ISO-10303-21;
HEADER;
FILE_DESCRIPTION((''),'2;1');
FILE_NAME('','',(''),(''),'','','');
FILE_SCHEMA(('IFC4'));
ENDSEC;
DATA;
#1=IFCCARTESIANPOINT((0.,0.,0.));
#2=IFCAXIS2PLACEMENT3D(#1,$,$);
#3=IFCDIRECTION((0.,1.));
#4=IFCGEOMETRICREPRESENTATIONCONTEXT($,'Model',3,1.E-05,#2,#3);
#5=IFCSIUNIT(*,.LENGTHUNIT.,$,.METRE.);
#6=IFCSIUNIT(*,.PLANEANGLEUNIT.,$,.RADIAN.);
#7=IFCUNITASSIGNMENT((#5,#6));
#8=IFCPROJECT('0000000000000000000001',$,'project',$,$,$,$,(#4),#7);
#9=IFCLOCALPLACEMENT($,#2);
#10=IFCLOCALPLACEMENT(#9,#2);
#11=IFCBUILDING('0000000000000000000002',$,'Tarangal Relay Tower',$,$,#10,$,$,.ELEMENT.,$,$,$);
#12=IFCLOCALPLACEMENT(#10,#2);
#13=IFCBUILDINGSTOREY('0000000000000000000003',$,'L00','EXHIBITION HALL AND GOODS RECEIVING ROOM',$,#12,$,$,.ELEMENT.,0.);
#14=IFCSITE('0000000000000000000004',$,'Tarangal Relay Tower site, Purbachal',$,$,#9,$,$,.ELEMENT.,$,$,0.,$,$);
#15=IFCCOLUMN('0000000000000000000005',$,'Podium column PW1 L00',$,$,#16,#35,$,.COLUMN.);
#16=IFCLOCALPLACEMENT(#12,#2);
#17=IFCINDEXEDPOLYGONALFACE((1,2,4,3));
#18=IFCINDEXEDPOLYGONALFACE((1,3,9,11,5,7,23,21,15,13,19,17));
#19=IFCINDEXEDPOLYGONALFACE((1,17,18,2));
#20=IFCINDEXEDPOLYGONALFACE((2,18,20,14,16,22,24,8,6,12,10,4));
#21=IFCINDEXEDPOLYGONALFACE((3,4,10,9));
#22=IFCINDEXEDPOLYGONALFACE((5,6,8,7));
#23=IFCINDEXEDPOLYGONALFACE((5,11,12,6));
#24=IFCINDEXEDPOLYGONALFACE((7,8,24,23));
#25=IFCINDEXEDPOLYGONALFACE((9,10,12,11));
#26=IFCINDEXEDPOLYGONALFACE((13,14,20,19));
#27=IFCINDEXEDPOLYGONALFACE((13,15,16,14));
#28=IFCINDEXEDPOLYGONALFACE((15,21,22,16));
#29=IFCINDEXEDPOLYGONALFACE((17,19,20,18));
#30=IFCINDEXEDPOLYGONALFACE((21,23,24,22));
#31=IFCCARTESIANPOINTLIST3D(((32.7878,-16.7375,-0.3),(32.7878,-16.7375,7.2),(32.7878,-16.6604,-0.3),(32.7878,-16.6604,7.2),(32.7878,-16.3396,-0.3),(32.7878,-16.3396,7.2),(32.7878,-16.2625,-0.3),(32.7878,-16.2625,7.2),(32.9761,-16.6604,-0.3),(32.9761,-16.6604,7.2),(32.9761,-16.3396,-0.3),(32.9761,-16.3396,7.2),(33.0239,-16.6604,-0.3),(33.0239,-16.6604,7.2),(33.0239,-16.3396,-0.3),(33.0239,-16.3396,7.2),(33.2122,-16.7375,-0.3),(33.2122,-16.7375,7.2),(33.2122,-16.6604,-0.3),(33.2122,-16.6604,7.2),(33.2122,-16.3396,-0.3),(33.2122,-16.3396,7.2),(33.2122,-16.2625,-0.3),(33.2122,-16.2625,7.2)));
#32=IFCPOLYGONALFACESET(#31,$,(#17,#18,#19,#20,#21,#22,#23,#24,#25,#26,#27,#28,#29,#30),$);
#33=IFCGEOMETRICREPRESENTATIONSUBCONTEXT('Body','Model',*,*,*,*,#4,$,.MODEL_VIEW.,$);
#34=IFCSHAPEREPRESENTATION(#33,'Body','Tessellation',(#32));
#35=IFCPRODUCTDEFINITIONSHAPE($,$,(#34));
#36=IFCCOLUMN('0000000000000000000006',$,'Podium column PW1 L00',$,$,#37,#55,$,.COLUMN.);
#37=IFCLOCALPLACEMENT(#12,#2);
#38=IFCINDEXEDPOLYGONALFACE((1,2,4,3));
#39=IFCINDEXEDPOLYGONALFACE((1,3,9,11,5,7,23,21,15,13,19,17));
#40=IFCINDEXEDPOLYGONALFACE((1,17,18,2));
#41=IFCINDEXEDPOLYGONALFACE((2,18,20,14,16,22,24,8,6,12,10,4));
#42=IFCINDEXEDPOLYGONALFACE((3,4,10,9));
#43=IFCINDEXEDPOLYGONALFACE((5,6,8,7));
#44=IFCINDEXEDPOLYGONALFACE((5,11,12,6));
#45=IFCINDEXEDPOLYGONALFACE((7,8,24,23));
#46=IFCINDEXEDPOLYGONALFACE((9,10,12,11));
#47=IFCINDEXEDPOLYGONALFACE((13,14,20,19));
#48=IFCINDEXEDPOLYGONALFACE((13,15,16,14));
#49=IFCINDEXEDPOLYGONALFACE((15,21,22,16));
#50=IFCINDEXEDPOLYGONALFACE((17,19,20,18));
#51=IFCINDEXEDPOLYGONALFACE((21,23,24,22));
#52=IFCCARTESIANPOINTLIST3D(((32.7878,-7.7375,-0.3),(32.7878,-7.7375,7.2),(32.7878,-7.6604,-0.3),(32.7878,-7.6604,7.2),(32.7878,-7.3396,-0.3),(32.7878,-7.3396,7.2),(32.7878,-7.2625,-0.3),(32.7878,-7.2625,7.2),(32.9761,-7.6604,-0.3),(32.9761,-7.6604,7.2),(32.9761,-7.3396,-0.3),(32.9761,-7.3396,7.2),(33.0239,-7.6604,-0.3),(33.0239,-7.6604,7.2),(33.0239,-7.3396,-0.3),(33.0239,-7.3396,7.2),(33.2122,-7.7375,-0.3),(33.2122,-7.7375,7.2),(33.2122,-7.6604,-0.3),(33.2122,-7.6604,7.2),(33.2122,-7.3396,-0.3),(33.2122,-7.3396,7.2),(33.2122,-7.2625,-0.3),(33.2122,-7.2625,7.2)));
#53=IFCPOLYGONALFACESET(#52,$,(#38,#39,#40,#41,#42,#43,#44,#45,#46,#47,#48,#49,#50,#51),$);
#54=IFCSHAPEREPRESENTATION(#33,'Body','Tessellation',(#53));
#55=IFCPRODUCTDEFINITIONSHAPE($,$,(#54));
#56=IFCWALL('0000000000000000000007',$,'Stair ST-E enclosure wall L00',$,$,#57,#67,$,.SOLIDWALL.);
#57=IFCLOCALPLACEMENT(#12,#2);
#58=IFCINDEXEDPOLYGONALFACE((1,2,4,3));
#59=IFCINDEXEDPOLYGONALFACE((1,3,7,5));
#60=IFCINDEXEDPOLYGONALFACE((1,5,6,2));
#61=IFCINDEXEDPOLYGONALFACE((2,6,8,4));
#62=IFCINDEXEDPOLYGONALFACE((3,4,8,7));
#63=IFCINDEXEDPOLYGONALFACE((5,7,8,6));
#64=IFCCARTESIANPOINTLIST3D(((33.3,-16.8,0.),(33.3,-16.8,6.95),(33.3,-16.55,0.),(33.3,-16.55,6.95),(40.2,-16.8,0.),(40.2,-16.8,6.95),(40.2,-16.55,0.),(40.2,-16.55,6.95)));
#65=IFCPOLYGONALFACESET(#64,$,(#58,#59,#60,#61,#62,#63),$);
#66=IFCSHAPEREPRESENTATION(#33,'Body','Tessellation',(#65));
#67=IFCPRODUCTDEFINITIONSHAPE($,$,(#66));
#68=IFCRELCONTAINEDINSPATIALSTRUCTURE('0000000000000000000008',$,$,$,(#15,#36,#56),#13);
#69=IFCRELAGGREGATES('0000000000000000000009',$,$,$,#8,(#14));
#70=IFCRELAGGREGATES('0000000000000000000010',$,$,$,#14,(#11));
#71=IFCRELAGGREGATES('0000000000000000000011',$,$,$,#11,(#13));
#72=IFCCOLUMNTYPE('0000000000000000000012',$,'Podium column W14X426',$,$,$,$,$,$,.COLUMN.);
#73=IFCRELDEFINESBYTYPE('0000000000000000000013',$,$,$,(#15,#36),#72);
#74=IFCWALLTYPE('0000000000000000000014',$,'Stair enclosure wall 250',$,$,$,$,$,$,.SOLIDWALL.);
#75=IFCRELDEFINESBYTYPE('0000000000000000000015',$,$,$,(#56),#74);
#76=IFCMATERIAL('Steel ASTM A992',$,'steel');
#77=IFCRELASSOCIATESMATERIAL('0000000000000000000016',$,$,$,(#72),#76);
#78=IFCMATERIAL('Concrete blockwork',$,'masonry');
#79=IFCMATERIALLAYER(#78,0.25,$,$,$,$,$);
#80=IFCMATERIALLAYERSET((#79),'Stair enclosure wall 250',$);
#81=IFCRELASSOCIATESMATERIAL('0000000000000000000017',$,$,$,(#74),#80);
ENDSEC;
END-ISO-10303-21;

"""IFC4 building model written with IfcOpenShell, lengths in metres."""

from ifc_helpers import new_model, si_unit, direction, frame, frame_2d, origin, origin_2d, place, context, subcontext, project, spatial, rectangle, i_section, extrude, material, layer, layer_set, material_profile, profile_set, type_object, element, save


model = new_model("IFC4")

# Units and contexts
model_context = context("Model", 3, precision=1e-05, world=origin(), true_north=direction((0.0, 1.0)))
body_context = subcontext(model_context, "Body", "Model", "MODEL_VIEW")
ifc_project = project(units=[si_unit("LENGTHUNIT", "METRE"), si_unit("PLANEANGLEUNIT", "RADIAN")], contexts=[model_context])

# Site, building, storey
site_placement = place(None, origin())
site = spatial("IfcSite", under=ifc_project, at=site_placement, Name="Tarangal Relay Tower site, Purbachal", CompositionType="ELEMENT", RefElevation=0.0)
building_placement = place(site_placement, origin())
building = spatial("IfcBuilding", under=site, at=building_placement, Name="Tarangal Relay Tower", CompositionType="ELEMENT")
storey_placement = place(building_placement, origin())
storey = spatial("IfcBuildingStorey", under=building, at=storey_placement, Name="L00", Description="EXHIBITION HALL AND GOODS RECEIVING ROOM", CompositionType="ELEMENT", Elevation=0.0)

# Columns
ifc_material_1 = material(Name="Steel ASTM A992", Category="steel")
ifc_material_profile_1 = material_profile(ifc_material_1, i_section(OverallWidth=0.4243, OverallDepth=0.4751, WebThickness=0.0479, FlangeThickness=0.0771, at=origin_2d()), Name="W14X426")
ifc_profile_set_1 = profile_set([ifc_material_profile_1], Name="Steel ASTM A992")
column_type = type_object("IfcColumnType", Name="Podium column W14X426", PredefinedType="COLUMN", material=ifc_profile_set_1)
for number, where, z_axis, x_axis, name in (
    (1, (33.0, -16.5, -0.3), (0.0, 0.0, 1.0), (1.0, 0.0, 0.0), "Podium column PW1 L00"),
    (2, (33.0, -7.5, -0.3), (0.0, 0.0, 1.0), (1.0, 0.0, 0.0), "Podium column PW1 L00"),
):
    element("IfcColumn", number, at=place(storey_placement, frame(where, z_axis=z_axis, x_axis=x_axis)), inside=storey, type_object=column_type, Name=name, PredefinedType="COLUMN", context=body_context, shape_type="SweptSolid", body=[
        extrude(i_section(OverallWidth=0.4243, OverallDepth=0.4751, WebThickness=0.0479, FlangeThickness=0.0771, at=origin_2d()), origin(), (0.0, 0.0, 1.0), 7.5),
    ])

# Wall
ifc_material_2 = material(Name="Concrete blockwork", Category="masonry")
ifc_layer_1 = layer(ifc_material_2, 0.25)
ifc_layer_set_1 = layer_set([ifc_layer_1], Name="Stair enclosure wall 250")
wall_type = type_object("IfcWallType", Name="Stair enclosure wall 250", PredefinedType="SOLIDWALL", material=ifc_layer_set_1)
wall_placement = place(storey_placement, frame((33.3, -16.675, 0.0), z_axis=(0.0, 0.0, 1.0), x_axis=(1.0, 0.0, 0.0)))
element("IfcWall", 3, at=wall_placement, inside=storey, type_object=wall_type, Name="Stair ST-E enclosure wall L00", PredefinedType="SOLIDWALL", context=body_context, shape_type="SweptSolid", body=[
    extrude(rectangle(XDim=6.8999, YDim=0.25, at=frame_2d((3.45, 0.0))), origin(), (0.0, 0.0, 1.0), 6.95),
])

save(model, "model.ifc")
